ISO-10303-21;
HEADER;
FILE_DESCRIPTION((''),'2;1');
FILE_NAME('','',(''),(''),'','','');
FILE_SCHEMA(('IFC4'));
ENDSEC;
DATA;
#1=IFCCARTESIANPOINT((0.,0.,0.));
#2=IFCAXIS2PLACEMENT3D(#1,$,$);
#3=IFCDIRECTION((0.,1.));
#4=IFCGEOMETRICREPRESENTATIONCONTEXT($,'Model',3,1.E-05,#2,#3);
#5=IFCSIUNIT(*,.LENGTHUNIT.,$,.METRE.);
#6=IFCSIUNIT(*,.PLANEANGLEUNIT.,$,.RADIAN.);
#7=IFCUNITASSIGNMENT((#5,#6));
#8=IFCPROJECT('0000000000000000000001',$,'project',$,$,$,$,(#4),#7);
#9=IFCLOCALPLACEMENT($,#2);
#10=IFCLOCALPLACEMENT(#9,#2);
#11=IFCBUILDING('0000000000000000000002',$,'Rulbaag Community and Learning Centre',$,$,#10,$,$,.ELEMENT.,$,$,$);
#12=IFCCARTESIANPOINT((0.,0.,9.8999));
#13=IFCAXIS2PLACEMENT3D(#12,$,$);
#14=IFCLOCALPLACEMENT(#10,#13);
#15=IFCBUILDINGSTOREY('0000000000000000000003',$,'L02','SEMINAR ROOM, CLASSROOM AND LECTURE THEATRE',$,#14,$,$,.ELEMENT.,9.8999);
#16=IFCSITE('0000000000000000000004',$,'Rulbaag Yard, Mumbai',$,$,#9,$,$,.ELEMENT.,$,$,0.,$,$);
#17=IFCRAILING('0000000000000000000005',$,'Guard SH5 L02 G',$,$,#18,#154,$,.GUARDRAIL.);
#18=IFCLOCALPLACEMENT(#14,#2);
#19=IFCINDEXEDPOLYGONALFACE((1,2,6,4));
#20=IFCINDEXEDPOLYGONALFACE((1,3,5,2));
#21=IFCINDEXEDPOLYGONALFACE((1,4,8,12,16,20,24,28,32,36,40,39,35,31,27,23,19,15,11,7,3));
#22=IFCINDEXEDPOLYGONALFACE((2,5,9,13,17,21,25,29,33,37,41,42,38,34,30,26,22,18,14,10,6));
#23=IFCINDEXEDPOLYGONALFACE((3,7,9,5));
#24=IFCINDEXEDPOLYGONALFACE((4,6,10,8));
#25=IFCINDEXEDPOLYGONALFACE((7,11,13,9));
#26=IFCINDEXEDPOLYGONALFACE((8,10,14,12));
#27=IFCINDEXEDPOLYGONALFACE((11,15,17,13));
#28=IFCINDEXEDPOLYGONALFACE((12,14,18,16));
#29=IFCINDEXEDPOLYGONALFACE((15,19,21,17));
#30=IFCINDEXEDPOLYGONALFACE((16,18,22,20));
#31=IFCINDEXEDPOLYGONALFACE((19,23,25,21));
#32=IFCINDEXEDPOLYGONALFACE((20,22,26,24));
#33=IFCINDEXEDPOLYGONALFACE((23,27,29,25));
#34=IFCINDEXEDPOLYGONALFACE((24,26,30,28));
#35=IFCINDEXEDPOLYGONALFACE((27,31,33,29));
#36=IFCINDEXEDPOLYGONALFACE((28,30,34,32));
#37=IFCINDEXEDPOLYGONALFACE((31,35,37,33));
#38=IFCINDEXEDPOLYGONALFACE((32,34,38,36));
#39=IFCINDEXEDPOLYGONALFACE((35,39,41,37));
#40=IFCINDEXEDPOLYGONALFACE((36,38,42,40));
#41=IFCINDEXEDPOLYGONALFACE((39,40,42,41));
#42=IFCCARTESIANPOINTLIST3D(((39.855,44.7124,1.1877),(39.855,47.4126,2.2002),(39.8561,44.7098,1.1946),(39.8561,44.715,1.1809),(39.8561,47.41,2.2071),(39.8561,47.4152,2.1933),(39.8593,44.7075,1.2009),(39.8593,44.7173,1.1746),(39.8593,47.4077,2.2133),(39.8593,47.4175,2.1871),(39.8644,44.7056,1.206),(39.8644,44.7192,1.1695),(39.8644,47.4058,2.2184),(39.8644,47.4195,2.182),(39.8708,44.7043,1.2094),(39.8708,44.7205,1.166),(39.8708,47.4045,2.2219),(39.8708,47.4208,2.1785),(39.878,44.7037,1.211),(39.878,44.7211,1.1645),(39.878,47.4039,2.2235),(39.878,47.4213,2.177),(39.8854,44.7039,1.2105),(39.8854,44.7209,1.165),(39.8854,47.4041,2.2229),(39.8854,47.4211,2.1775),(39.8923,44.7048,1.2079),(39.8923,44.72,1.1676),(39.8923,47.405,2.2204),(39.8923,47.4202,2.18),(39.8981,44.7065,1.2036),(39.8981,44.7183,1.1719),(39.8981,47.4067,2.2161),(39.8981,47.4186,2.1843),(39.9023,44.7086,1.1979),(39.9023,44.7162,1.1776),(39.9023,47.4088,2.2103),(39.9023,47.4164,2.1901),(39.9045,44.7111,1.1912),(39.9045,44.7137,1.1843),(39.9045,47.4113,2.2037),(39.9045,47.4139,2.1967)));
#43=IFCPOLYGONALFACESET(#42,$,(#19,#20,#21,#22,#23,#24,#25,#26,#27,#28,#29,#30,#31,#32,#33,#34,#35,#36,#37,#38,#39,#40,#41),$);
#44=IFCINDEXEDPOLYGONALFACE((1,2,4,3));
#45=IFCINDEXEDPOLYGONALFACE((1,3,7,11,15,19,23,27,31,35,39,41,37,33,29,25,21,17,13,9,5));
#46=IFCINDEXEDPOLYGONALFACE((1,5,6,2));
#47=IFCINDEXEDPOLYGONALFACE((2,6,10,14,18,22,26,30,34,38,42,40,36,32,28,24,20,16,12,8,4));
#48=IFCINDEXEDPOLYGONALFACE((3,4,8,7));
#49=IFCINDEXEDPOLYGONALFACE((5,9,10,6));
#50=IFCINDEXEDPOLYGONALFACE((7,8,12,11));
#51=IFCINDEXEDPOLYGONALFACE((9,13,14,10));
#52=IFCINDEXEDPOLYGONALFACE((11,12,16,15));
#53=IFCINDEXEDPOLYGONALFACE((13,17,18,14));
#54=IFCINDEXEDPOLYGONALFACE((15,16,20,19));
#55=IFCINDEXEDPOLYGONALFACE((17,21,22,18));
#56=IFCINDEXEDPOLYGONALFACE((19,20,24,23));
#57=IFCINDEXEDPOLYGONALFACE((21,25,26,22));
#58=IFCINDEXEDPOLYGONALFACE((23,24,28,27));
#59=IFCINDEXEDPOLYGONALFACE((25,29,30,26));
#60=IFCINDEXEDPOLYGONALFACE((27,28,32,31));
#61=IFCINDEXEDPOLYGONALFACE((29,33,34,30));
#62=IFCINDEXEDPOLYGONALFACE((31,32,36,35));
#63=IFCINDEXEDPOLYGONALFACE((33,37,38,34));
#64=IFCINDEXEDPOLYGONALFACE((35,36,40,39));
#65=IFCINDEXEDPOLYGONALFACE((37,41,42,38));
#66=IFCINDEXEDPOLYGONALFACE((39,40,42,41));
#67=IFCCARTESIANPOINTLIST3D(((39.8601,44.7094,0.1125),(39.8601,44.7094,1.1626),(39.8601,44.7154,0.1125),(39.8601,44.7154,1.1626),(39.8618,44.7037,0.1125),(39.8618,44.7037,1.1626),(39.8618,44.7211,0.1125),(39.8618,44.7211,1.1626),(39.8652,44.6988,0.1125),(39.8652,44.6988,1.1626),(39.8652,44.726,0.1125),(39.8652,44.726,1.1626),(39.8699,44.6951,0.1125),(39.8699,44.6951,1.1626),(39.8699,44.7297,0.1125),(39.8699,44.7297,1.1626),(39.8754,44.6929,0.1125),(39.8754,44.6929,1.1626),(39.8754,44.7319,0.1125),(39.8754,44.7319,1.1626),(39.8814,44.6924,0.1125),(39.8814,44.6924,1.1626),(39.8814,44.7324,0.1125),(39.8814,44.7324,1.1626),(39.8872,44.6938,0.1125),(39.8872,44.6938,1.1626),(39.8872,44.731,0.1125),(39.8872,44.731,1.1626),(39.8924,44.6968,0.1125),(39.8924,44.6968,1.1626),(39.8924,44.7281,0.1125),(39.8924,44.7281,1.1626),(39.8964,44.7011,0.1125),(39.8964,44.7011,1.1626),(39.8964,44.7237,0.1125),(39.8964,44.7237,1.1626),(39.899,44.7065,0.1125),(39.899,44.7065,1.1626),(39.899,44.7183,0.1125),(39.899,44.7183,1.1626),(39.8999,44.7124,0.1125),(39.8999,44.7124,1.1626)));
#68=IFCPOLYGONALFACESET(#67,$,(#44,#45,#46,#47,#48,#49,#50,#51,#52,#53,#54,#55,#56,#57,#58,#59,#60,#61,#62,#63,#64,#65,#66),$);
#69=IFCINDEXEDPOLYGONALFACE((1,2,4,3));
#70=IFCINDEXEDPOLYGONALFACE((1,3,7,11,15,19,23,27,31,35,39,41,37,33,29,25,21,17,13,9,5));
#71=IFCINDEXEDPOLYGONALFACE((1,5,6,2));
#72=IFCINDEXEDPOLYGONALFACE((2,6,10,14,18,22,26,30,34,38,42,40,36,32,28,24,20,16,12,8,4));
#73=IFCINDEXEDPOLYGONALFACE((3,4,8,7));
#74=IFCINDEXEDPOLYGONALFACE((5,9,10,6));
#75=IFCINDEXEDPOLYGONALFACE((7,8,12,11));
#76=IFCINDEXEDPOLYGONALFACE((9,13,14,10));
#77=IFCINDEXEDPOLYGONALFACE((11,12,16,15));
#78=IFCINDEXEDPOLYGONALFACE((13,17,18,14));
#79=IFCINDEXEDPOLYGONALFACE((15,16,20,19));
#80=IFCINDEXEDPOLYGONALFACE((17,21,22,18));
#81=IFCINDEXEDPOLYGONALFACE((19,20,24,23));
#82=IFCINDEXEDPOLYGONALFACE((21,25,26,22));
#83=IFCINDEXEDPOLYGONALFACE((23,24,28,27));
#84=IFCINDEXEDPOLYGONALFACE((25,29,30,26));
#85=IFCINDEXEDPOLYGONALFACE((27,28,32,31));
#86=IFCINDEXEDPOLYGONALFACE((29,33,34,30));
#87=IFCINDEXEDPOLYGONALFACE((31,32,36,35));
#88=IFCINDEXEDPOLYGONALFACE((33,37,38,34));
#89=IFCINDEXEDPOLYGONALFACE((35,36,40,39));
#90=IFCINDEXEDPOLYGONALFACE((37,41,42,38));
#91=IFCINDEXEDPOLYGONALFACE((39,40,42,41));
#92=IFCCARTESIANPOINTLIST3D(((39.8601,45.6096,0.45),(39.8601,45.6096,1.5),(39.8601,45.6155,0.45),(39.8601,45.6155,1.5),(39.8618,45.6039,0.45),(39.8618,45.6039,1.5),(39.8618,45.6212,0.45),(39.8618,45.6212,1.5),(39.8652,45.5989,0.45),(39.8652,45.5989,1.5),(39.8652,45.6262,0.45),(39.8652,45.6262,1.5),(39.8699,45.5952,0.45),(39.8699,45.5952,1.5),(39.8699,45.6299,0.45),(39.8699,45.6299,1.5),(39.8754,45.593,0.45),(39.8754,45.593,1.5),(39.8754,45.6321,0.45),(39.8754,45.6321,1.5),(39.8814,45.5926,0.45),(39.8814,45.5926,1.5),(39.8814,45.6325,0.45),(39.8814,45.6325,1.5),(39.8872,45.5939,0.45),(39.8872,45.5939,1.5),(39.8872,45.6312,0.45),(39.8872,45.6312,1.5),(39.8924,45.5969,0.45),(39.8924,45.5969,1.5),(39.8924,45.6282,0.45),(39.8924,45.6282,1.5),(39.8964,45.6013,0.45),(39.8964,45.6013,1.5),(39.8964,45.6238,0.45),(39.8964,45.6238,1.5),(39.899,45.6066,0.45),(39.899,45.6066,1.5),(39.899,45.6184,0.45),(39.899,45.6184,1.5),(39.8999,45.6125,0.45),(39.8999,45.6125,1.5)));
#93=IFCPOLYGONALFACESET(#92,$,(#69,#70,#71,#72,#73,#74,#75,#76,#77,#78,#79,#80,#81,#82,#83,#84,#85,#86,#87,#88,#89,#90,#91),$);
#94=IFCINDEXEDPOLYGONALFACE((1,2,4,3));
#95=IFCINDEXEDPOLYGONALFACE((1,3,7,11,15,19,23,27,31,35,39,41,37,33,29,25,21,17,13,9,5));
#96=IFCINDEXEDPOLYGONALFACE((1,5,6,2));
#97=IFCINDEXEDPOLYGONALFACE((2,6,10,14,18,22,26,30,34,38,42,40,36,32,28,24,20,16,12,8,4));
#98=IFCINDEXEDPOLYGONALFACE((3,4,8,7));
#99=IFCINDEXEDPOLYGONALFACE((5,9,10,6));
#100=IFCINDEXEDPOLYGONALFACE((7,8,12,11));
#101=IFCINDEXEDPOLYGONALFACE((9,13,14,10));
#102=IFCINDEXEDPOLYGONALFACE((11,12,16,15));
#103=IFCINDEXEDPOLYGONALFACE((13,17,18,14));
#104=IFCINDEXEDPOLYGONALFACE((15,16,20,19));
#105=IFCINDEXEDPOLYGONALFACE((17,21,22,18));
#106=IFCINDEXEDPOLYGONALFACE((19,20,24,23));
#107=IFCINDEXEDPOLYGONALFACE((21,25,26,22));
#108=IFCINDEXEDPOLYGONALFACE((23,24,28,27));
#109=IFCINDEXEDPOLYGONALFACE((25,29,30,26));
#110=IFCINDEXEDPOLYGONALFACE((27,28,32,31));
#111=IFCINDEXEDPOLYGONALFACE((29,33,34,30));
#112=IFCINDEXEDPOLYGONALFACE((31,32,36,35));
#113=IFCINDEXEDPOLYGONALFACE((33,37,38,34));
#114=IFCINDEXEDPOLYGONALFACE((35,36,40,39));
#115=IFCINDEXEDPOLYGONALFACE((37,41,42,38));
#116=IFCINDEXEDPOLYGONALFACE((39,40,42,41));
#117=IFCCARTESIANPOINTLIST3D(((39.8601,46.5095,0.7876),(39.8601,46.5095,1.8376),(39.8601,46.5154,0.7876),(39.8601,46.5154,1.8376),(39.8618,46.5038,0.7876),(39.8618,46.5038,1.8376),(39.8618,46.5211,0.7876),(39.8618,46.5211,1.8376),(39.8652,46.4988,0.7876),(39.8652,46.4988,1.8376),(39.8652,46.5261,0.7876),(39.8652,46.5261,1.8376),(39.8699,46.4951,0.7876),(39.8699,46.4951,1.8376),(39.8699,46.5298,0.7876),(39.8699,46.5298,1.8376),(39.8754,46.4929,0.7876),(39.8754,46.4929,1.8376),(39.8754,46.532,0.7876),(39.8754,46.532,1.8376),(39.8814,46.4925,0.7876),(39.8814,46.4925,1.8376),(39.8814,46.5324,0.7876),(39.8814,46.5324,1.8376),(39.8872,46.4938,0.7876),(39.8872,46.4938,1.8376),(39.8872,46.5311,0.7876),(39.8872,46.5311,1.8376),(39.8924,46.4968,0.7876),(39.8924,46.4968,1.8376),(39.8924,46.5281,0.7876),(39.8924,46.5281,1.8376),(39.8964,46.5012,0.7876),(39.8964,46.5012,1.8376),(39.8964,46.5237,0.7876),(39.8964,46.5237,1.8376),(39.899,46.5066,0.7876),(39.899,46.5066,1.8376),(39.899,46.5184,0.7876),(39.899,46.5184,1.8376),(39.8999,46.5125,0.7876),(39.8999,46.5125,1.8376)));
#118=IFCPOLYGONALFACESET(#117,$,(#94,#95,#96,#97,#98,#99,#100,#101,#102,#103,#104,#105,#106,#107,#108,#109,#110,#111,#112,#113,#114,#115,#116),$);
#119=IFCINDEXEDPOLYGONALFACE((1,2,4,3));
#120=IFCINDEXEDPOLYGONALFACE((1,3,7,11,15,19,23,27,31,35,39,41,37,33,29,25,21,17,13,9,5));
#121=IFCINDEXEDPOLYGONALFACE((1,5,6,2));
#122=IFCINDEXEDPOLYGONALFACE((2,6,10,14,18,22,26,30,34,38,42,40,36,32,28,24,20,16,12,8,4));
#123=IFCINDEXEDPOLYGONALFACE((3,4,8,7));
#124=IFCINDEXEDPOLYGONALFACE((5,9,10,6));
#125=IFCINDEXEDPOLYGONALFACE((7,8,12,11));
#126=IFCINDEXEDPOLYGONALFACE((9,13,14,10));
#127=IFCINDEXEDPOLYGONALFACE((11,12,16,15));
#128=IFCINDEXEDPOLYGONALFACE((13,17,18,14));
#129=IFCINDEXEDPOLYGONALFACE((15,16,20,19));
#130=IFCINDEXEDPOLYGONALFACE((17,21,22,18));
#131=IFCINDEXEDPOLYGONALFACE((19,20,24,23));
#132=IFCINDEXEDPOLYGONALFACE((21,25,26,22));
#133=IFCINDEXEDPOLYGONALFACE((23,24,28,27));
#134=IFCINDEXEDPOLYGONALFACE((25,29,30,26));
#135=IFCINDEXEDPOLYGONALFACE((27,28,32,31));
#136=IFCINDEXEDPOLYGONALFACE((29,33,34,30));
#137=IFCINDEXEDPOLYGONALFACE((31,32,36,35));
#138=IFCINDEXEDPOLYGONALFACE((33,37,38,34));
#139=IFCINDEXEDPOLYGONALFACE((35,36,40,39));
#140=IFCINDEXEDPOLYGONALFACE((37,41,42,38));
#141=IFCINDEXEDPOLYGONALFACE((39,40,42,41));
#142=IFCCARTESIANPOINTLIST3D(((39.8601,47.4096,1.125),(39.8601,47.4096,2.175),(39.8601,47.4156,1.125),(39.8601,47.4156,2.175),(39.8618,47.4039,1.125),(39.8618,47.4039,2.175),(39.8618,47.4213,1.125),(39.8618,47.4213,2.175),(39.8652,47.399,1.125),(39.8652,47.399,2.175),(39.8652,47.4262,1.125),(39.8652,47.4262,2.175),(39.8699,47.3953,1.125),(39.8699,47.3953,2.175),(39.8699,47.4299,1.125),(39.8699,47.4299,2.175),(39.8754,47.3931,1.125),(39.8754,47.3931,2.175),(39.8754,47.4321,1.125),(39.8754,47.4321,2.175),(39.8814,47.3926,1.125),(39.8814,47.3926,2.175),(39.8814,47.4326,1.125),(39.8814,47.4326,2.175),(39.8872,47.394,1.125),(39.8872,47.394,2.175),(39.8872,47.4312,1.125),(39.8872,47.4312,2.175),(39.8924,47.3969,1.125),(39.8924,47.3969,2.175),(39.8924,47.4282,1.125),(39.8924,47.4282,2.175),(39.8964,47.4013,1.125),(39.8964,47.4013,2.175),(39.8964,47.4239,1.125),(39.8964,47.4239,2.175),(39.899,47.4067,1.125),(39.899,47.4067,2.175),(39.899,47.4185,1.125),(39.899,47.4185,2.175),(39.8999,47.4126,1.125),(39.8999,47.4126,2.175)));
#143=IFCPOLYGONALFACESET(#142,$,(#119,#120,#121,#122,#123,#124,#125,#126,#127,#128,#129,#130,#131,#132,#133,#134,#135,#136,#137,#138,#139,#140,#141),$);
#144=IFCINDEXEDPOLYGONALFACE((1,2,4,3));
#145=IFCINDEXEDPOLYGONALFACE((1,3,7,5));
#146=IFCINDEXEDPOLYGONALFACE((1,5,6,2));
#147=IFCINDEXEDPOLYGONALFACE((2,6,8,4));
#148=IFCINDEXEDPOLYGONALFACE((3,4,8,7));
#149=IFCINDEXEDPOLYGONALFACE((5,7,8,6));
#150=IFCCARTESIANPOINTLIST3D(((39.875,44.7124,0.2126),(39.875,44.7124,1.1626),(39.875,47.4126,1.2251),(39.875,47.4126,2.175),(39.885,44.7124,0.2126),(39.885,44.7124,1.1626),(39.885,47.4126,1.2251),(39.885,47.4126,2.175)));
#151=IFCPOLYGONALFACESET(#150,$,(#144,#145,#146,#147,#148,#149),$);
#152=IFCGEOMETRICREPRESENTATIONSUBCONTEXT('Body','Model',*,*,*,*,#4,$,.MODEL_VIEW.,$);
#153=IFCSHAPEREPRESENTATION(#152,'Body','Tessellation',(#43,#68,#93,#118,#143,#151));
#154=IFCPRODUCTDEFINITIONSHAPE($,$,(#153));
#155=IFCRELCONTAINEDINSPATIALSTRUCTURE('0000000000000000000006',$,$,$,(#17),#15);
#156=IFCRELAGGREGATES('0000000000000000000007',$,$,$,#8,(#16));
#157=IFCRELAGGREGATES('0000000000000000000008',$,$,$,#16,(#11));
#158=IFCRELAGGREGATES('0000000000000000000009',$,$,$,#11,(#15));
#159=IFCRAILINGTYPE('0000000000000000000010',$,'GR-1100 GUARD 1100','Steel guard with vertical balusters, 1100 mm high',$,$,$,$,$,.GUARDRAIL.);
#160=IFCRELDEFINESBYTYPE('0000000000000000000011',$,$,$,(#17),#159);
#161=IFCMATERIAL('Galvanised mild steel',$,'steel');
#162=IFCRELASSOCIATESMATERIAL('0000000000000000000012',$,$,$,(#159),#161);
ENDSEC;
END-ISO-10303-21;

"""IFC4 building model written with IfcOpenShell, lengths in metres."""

from ifc_helpers import new_model, si_unit, direction, frame, origin, origin_2d, place, context, subcontext, project, spatial, polyline, circle, outline, extrude, material, type_object, element, save


model = new_model("IFC4")

# Units and contexts
model_context = context("Model", 3, precision=1e-05, world=origin(), true_north=direction((0.0, 1.0)))
body_context = subcontext(model_context, "Body", "Model", "MODEL_VIEW")
ifc_project = project(units=[si_unit("LENGTHUNIT", "METRE"), si_unit("PLANEANGLEUNIT", "RADIAN")], contexts=[model_context])

# Site, building, storey
site_placement = place(None, origin())
site = spatial("IfcSite", under=ifc_project, at=site_placement, Name="Rulbaag Yard, Mumbai", CompositionType="ELEMENT", RefElevation=0.0)
building_placement = place(site_placement, origin())
building = spatial("IfcBuilding", under=site, at=building_placement, Name="Rulbaag Community and Learning Centre", CompositionType="ELEMENT")
storey_placement = place(building_placement, frame((0.0, 0.0, 9.8999)))
storey = spatial("IfcBuildingStorey", under=building, at=storey_placement, Name="L02", Description="SEMINAR ROOM, CLASSROOM AND LECTURE THEATRE", CompositionType="ELEMENT", Elevation=9.8999)

# Railing
ifc_material_1 = material(Name="Galvanised mild steel", Category="steel")
railing_type_1 = type_object("IfcRailingType", Name="GR-1100 GUARD 1100", Description="Steel guard with vertical balusters, 1100 mm high", PredefinedType="GUARDRAIL", material=ifc_material_1)
railing_1_placement = place(storey_placement, frame((39.8799, 44.7124, 0.1125)))
element("IfcRailing", 1, at=railing_1_placement, inside=storey, type_object=railing_type_1, Name="Guard SH5 L02 G", PredefinedType="GUARDRAIL", context=body_context, shape_type="SweptSolid", body=[
    extrude(circle(Radius=0.0249, at=origin_2d()), frame((0.0, 0.0, 1.0752), z_axis=(0.0, 0.936343, 0.351086), x_axis=(-1.0, 0.0, 0.0)), (0.0, 0.0, 1.0), 2.8838),
    extrude(circle(Radius=0.02, at=origin_2d()), origin(), (0.0, 0.0, 1.0), 1.05),
    extrude(circle(Radius=0.02, at=origin_2d()), frame((0.0, 0.9001, 0.3374)), (0.0, 0.0, 1.0), 1.05),
    extrude(circle(Radius=0.02, at=origin_2d()), frame((0.0, 1.8, 0.675)), (0.0, 0.0, 1.0), 1.05),
    extrude(circle(Radius=0.02, at=origin_2d()), frame((0.0, 2.7002, 1.0125)), (0.0, 0.0, 1.0), 1.05),
    extrude(outline(polyline([(0.0, 0.0), (2.7002, 1.0125), (2.7002, 1.9624), (0.0, 0.95), (0.0, 0.0)])), frame((-0.0049, 0.0, 0.1001), z_axis=(1.0, 0.0, 0.0), x_axis=(0.0, 1.0, 0.0)), (0.0, 0.0, 1.0), 0.01),
])

save(model, "model.ifc")
